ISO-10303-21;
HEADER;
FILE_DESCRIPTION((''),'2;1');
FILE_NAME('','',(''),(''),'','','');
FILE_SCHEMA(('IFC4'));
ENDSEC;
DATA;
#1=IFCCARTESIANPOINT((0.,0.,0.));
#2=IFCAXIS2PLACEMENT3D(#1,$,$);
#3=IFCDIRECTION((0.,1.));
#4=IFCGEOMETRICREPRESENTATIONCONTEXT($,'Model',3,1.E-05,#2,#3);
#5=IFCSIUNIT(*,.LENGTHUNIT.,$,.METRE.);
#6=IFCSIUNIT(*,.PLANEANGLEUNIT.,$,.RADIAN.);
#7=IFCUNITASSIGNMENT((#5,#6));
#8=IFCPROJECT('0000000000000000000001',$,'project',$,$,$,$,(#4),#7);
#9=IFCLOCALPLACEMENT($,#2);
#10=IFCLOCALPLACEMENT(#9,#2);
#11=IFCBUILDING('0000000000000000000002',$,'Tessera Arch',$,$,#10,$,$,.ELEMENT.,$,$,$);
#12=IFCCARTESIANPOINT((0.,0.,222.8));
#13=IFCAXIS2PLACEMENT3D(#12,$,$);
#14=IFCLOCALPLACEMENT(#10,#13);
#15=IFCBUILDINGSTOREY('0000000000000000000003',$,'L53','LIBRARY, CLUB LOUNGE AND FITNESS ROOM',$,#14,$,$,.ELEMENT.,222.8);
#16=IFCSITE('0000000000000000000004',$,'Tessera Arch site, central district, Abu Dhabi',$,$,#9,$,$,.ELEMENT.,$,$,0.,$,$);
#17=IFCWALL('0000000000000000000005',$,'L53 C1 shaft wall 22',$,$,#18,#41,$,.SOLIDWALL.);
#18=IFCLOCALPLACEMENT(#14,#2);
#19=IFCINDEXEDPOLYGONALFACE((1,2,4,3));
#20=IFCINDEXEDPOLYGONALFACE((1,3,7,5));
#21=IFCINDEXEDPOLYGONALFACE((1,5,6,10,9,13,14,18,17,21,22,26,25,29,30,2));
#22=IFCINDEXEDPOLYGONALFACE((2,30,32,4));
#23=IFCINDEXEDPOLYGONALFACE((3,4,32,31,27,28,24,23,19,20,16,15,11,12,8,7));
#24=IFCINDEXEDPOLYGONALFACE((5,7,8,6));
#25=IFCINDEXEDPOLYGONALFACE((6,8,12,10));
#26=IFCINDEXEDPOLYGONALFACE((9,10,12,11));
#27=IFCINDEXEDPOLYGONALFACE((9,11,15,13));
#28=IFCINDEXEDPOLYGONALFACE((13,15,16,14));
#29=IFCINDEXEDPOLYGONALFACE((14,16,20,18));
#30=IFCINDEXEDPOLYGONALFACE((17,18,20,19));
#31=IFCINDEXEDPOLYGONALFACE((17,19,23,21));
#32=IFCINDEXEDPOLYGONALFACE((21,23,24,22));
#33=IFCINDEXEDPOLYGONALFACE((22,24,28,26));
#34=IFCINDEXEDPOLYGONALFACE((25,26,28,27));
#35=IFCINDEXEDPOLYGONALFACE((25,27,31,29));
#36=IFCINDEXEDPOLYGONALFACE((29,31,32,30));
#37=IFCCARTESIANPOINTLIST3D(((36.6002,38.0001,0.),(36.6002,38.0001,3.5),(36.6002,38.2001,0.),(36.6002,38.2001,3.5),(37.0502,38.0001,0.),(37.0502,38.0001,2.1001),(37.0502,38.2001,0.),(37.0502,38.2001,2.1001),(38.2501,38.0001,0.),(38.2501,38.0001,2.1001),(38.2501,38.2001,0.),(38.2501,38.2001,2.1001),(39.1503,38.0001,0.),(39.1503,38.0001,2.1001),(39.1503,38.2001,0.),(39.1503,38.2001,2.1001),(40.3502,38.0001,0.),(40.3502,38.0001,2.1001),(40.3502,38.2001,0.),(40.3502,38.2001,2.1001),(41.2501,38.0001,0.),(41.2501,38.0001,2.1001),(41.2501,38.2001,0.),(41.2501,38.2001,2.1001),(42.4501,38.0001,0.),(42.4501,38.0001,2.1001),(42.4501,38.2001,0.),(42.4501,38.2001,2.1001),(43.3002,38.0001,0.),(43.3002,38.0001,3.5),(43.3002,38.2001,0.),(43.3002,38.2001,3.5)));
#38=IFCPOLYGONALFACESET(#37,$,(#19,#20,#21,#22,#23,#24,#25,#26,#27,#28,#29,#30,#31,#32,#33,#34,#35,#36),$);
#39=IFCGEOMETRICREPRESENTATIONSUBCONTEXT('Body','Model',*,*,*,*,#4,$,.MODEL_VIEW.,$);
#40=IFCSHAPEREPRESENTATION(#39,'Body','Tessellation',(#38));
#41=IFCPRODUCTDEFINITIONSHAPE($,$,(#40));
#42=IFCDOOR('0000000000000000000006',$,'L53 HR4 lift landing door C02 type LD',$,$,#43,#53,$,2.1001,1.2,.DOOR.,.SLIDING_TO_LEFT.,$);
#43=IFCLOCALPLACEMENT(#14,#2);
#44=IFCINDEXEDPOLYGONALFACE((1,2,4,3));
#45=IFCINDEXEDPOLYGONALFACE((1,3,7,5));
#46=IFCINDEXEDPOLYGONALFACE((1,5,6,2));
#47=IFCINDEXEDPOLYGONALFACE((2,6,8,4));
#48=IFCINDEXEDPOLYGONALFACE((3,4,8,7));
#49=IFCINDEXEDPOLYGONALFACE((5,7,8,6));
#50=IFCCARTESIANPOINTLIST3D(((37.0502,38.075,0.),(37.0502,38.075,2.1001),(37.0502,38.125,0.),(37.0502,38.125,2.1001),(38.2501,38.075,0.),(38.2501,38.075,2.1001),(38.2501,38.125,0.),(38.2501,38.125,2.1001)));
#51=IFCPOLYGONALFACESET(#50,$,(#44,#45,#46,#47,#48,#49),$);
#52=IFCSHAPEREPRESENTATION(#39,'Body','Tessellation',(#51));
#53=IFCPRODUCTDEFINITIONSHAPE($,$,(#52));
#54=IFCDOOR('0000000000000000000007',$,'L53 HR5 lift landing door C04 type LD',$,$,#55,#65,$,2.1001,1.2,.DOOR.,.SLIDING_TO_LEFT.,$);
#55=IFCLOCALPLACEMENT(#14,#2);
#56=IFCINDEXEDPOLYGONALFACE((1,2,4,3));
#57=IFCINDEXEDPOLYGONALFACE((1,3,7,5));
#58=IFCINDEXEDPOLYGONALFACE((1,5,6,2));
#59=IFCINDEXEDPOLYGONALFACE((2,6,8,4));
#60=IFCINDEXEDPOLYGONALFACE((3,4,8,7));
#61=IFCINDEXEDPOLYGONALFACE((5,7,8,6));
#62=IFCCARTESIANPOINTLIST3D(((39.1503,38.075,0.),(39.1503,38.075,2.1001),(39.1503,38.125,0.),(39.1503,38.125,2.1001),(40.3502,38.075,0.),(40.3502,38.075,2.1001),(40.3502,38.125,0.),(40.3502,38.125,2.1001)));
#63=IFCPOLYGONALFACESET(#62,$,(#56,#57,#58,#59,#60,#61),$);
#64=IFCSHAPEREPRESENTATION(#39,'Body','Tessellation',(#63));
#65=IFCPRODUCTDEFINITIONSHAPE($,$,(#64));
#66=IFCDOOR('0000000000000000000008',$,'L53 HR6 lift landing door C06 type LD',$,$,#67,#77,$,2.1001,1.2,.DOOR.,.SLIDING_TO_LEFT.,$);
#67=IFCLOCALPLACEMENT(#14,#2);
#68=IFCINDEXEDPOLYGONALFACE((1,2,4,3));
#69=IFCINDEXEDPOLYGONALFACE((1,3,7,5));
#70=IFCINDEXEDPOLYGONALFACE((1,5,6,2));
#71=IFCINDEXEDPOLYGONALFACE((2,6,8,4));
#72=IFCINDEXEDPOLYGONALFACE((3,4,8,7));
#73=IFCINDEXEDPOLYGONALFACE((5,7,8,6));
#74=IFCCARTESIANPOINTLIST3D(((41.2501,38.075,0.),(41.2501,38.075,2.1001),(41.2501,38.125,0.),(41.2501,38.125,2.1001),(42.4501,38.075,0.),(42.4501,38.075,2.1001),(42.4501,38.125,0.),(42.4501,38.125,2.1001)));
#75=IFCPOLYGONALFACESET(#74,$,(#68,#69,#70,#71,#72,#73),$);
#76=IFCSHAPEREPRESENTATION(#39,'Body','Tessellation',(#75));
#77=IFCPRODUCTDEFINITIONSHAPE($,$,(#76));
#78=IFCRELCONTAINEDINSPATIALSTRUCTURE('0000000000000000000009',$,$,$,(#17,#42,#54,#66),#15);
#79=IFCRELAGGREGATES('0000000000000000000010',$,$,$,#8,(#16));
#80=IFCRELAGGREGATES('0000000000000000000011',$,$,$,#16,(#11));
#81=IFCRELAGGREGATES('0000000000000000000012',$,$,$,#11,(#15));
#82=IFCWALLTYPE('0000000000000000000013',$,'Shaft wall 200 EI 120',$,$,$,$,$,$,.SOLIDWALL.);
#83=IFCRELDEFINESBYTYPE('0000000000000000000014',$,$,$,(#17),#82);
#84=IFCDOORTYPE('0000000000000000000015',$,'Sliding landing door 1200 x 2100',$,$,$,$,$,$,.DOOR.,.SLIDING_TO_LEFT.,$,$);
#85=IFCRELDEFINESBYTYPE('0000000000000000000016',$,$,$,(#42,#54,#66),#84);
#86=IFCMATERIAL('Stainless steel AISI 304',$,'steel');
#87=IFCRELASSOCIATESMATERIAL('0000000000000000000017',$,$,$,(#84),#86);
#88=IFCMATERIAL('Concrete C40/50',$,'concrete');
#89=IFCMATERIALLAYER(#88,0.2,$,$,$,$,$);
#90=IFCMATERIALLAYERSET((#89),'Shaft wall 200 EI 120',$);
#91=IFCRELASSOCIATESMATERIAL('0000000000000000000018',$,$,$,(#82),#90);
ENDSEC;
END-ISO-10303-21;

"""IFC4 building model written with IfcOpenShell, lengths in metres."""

from ifc_helpers import new_model, si_unit, direction, frame, frame_2d, origin, place, context, subcontext, project, spatial, rectangle, extrude, material, layer, layer_set, type_object, element, fill, save


model = new_model("IFC4")

# Units and contexts
model_context = context("Model", 3, precision=1e-05, world=origin(), true_north=direction((0.0, 1.0)))
body_context = subcontext(model_context, "Body", "Model", "MODEL_VIEW")
ifc_project = project(units=[si_unit("LENGTHUNIT", "METRE"), si_unit("PLANEANGLEUNIT", "RADIAN")], contexts=[model_context])

# Site, building, storey
site_placement = place(None, origin())
site = spatial("IfcSite", under=ifc_project, at=site_placement, Name="Tessera Arch site, central district, Abu Dhabi", CompositionType="ELEMENT", RefElevation=0.0)
building_placement = place(site_placement, origin())
building = spatial("IfcBuilding", under=site, at=building_placement, Name="Tessera Arch", CompositionType="ELEMENT")
storey_placement = place(building_placement, frame((0.0, 0.0, 222.8)))
storey = spatial("IfcBuildingStorey", under=building, at=storey_placement, Name="L53", Description="LIBRARY, CLUB LOUNGE AND FITNESS ROOM", CompositionType="ELEMENT", Elevation=222.8)

# Shared definitions
ifc_material_1 = material(Name="Stainless steel AISI 304", Category="steel")
door_type_1 = type_object("IfcDoorType", Name="Sliding landing door 1200 x 2100", OperationType="SLIDING_TO_LEFT", PredefinedType="DOOR", material=ifc_material_1)

# Shared definitions
ifc_material_2 = material(Name="Concrete C40/50", Category="concrete")
ifc_layer_1 = layer(ifc_material_2, 0.2)
ifc_layer_set_1 = layer_set([ifc_layer_1], Name="Shaft wall 200 EI 120")
wall_type_1 = type_object("IfcWallType", Name="Shaft wall 200 EI 120", PredefinedType="SOLIDWALL", material=ifc_layer_set_1)

# Wall, openings, doors
wall_1_placement = place(storey_placement, frame((36.6001, 38.1001, 0.0), z_axis=(0.0, 0.0, 1.0), x_axis=(1.0, 0.0, 0.0)))
wall_1 = element("IfcWall", 1, at=wall_1_placement, inside=storey, type_object=wall_type_1, Name="L53 C1 shaft wall 22", PredefinedType="SOLIDWALL", context=body_context, shape_type="SweptSolid", body=[
    extrude(rectangle(XDim=6.7, YDim=0.2, at=frame_2d((3.3501, 0.0))), origin(), (0.0, 0.0, 1.0), 3.5),
])
opening_1_placement = place(wall_1_placement, frame((0.45, 0.0, 0.0)))
opening_1 = element("IfcOpeningElement", 2, at=opening_1_placement, cuts=wall_1, PredefinedType="OPENING", context=body_context, shape_type="SweptSolid", body=[
    extrude(rectangle(XDim=1.2, YDim=2.1001, at=frame_2d((0.6001, 1.05))), frame((0.0, 0.1099, 0.0), z_axis=(0.0, -1.0, 0.0), x_axis=(1.0, 0.0, 0.0)), (0.0, 0.0, 1.0), 0.22),
])
opening_2_placement = place(wall_1_placement, frame((2.55, 0.0, 0.0)))
opening_2 = element("IfcOpeningElement", 3, at=opening_2_placement, cuts=wall_1, PredefinedType="OPENING", context=body_context, shape_type="SweptSolid", body=[
    extrude(rectangle(XDim=1.2, YDim=2.1001, at=frame_2d((0.6001, 1.05))), frame((0.0, 0.1099, 0.0), z_axis=(0.0, -1.0, 0.0), x_axis=(1.0, 0.0, 0.0)), (0.0, 0.0, 1.0), 0.22),
])
opening_3_placement = place(wall_1_placement, frame((4.6499, 0.0, 0.0)))
opening_3 = element("IfcOpeningElement", 4, at=opening_3_placement, cuts=wall_1, PredefinedType="OPENING", context=body_context, shape_type="SweptSolid", body=[
    extrude(rectangle(XDim=1.2, YDim=2.1001, at=frame_2d((0.6001, 1.05))), frame((0.0, 0.1099, 0.0), z_axis=(0.0, -1.0, 0.0), x_axis=(1.0, 0.0, 0.0)), (0.0, 0.0, 1.0), 0.22),
])
door_1_placement = place(opening_1_placement, origin())
door_1 = element("IfcDoor", 5, at=door_1_placement, inside=storey, type_object=door_type_1, Name="L53 HR4 lift landing door C02 type LD", OperationType="SLIDING_TO_LEFT", OverallHeight=2.1001, OverallWidth=1.2, PredefinedType="DOOR", context=body_context, shape_type="SweptSolid", body=[
    extrude(rectangle(XDim=1.2, YDim=2.1001, at=frame_2d((0.6001, 1.05))), frame((0.0, 0.0249, 0.0), z_axis=(0.0, -1.0, 0.0), x_axis=(1.0, 0.0, 0.0)), (0.0, 0.0, 1.0), 0.05),
])
fill(opening_1, door_1)
door_2_placement = place(opening_2_placement, origin())
door_2 = element("IfcDoor", 6, at=door_2_placement, inside=storey, type_object=door_type_1, Name="L53 HR5 lift landing door C04 type LD", OperationType="SLIDING_TO_LEFT", OverallHeight=2.1001, OverallWidth=1.2, PredefinedType="DOOR", context=body_context, shape_type="SweptSolid", body=[
    extrude(rectangle(XDim=1.2, YDim=2.1001, at=frame_2d((0.6001, 1.05))), frame((0.0, 0.0249, 0.0), z_axis=(0.0, -1.0, 0.0), x_axis=(1.0, 0.0, 0.0)), (0.0, 0.0, 1.0), 0.05),
])
fill(opening_2, door_2)
door_3_placement = place(opening_3_placement, origin())
door_3 = element("IfcDoor", 7, at=door_3_placement, inside=storey, type_object=door_type_1, Name="L53 HR6 lift landing door C06 type LD", OperationType="SLIDING_TO_LEFT", OverallHeight=2.1001, OverallWidth=1.2, PredefinedType="DOOR", context=body_context, shape_type="SweptSolid", body=[
    extrude(rectangle(XDim=1.2, YDim=2.1001, at=frame_2d((0.6001, 1.05))), frame((0.0, 0.0249, 0.0), z_axis=(0.0, -1.0, 0.0), x_axis=(1.0, 0.0, 0.0)), (0.0, 0.0, 1.0), 0.05),
])
fill(opening_3, door_3)

save(model, "model.ifc")
